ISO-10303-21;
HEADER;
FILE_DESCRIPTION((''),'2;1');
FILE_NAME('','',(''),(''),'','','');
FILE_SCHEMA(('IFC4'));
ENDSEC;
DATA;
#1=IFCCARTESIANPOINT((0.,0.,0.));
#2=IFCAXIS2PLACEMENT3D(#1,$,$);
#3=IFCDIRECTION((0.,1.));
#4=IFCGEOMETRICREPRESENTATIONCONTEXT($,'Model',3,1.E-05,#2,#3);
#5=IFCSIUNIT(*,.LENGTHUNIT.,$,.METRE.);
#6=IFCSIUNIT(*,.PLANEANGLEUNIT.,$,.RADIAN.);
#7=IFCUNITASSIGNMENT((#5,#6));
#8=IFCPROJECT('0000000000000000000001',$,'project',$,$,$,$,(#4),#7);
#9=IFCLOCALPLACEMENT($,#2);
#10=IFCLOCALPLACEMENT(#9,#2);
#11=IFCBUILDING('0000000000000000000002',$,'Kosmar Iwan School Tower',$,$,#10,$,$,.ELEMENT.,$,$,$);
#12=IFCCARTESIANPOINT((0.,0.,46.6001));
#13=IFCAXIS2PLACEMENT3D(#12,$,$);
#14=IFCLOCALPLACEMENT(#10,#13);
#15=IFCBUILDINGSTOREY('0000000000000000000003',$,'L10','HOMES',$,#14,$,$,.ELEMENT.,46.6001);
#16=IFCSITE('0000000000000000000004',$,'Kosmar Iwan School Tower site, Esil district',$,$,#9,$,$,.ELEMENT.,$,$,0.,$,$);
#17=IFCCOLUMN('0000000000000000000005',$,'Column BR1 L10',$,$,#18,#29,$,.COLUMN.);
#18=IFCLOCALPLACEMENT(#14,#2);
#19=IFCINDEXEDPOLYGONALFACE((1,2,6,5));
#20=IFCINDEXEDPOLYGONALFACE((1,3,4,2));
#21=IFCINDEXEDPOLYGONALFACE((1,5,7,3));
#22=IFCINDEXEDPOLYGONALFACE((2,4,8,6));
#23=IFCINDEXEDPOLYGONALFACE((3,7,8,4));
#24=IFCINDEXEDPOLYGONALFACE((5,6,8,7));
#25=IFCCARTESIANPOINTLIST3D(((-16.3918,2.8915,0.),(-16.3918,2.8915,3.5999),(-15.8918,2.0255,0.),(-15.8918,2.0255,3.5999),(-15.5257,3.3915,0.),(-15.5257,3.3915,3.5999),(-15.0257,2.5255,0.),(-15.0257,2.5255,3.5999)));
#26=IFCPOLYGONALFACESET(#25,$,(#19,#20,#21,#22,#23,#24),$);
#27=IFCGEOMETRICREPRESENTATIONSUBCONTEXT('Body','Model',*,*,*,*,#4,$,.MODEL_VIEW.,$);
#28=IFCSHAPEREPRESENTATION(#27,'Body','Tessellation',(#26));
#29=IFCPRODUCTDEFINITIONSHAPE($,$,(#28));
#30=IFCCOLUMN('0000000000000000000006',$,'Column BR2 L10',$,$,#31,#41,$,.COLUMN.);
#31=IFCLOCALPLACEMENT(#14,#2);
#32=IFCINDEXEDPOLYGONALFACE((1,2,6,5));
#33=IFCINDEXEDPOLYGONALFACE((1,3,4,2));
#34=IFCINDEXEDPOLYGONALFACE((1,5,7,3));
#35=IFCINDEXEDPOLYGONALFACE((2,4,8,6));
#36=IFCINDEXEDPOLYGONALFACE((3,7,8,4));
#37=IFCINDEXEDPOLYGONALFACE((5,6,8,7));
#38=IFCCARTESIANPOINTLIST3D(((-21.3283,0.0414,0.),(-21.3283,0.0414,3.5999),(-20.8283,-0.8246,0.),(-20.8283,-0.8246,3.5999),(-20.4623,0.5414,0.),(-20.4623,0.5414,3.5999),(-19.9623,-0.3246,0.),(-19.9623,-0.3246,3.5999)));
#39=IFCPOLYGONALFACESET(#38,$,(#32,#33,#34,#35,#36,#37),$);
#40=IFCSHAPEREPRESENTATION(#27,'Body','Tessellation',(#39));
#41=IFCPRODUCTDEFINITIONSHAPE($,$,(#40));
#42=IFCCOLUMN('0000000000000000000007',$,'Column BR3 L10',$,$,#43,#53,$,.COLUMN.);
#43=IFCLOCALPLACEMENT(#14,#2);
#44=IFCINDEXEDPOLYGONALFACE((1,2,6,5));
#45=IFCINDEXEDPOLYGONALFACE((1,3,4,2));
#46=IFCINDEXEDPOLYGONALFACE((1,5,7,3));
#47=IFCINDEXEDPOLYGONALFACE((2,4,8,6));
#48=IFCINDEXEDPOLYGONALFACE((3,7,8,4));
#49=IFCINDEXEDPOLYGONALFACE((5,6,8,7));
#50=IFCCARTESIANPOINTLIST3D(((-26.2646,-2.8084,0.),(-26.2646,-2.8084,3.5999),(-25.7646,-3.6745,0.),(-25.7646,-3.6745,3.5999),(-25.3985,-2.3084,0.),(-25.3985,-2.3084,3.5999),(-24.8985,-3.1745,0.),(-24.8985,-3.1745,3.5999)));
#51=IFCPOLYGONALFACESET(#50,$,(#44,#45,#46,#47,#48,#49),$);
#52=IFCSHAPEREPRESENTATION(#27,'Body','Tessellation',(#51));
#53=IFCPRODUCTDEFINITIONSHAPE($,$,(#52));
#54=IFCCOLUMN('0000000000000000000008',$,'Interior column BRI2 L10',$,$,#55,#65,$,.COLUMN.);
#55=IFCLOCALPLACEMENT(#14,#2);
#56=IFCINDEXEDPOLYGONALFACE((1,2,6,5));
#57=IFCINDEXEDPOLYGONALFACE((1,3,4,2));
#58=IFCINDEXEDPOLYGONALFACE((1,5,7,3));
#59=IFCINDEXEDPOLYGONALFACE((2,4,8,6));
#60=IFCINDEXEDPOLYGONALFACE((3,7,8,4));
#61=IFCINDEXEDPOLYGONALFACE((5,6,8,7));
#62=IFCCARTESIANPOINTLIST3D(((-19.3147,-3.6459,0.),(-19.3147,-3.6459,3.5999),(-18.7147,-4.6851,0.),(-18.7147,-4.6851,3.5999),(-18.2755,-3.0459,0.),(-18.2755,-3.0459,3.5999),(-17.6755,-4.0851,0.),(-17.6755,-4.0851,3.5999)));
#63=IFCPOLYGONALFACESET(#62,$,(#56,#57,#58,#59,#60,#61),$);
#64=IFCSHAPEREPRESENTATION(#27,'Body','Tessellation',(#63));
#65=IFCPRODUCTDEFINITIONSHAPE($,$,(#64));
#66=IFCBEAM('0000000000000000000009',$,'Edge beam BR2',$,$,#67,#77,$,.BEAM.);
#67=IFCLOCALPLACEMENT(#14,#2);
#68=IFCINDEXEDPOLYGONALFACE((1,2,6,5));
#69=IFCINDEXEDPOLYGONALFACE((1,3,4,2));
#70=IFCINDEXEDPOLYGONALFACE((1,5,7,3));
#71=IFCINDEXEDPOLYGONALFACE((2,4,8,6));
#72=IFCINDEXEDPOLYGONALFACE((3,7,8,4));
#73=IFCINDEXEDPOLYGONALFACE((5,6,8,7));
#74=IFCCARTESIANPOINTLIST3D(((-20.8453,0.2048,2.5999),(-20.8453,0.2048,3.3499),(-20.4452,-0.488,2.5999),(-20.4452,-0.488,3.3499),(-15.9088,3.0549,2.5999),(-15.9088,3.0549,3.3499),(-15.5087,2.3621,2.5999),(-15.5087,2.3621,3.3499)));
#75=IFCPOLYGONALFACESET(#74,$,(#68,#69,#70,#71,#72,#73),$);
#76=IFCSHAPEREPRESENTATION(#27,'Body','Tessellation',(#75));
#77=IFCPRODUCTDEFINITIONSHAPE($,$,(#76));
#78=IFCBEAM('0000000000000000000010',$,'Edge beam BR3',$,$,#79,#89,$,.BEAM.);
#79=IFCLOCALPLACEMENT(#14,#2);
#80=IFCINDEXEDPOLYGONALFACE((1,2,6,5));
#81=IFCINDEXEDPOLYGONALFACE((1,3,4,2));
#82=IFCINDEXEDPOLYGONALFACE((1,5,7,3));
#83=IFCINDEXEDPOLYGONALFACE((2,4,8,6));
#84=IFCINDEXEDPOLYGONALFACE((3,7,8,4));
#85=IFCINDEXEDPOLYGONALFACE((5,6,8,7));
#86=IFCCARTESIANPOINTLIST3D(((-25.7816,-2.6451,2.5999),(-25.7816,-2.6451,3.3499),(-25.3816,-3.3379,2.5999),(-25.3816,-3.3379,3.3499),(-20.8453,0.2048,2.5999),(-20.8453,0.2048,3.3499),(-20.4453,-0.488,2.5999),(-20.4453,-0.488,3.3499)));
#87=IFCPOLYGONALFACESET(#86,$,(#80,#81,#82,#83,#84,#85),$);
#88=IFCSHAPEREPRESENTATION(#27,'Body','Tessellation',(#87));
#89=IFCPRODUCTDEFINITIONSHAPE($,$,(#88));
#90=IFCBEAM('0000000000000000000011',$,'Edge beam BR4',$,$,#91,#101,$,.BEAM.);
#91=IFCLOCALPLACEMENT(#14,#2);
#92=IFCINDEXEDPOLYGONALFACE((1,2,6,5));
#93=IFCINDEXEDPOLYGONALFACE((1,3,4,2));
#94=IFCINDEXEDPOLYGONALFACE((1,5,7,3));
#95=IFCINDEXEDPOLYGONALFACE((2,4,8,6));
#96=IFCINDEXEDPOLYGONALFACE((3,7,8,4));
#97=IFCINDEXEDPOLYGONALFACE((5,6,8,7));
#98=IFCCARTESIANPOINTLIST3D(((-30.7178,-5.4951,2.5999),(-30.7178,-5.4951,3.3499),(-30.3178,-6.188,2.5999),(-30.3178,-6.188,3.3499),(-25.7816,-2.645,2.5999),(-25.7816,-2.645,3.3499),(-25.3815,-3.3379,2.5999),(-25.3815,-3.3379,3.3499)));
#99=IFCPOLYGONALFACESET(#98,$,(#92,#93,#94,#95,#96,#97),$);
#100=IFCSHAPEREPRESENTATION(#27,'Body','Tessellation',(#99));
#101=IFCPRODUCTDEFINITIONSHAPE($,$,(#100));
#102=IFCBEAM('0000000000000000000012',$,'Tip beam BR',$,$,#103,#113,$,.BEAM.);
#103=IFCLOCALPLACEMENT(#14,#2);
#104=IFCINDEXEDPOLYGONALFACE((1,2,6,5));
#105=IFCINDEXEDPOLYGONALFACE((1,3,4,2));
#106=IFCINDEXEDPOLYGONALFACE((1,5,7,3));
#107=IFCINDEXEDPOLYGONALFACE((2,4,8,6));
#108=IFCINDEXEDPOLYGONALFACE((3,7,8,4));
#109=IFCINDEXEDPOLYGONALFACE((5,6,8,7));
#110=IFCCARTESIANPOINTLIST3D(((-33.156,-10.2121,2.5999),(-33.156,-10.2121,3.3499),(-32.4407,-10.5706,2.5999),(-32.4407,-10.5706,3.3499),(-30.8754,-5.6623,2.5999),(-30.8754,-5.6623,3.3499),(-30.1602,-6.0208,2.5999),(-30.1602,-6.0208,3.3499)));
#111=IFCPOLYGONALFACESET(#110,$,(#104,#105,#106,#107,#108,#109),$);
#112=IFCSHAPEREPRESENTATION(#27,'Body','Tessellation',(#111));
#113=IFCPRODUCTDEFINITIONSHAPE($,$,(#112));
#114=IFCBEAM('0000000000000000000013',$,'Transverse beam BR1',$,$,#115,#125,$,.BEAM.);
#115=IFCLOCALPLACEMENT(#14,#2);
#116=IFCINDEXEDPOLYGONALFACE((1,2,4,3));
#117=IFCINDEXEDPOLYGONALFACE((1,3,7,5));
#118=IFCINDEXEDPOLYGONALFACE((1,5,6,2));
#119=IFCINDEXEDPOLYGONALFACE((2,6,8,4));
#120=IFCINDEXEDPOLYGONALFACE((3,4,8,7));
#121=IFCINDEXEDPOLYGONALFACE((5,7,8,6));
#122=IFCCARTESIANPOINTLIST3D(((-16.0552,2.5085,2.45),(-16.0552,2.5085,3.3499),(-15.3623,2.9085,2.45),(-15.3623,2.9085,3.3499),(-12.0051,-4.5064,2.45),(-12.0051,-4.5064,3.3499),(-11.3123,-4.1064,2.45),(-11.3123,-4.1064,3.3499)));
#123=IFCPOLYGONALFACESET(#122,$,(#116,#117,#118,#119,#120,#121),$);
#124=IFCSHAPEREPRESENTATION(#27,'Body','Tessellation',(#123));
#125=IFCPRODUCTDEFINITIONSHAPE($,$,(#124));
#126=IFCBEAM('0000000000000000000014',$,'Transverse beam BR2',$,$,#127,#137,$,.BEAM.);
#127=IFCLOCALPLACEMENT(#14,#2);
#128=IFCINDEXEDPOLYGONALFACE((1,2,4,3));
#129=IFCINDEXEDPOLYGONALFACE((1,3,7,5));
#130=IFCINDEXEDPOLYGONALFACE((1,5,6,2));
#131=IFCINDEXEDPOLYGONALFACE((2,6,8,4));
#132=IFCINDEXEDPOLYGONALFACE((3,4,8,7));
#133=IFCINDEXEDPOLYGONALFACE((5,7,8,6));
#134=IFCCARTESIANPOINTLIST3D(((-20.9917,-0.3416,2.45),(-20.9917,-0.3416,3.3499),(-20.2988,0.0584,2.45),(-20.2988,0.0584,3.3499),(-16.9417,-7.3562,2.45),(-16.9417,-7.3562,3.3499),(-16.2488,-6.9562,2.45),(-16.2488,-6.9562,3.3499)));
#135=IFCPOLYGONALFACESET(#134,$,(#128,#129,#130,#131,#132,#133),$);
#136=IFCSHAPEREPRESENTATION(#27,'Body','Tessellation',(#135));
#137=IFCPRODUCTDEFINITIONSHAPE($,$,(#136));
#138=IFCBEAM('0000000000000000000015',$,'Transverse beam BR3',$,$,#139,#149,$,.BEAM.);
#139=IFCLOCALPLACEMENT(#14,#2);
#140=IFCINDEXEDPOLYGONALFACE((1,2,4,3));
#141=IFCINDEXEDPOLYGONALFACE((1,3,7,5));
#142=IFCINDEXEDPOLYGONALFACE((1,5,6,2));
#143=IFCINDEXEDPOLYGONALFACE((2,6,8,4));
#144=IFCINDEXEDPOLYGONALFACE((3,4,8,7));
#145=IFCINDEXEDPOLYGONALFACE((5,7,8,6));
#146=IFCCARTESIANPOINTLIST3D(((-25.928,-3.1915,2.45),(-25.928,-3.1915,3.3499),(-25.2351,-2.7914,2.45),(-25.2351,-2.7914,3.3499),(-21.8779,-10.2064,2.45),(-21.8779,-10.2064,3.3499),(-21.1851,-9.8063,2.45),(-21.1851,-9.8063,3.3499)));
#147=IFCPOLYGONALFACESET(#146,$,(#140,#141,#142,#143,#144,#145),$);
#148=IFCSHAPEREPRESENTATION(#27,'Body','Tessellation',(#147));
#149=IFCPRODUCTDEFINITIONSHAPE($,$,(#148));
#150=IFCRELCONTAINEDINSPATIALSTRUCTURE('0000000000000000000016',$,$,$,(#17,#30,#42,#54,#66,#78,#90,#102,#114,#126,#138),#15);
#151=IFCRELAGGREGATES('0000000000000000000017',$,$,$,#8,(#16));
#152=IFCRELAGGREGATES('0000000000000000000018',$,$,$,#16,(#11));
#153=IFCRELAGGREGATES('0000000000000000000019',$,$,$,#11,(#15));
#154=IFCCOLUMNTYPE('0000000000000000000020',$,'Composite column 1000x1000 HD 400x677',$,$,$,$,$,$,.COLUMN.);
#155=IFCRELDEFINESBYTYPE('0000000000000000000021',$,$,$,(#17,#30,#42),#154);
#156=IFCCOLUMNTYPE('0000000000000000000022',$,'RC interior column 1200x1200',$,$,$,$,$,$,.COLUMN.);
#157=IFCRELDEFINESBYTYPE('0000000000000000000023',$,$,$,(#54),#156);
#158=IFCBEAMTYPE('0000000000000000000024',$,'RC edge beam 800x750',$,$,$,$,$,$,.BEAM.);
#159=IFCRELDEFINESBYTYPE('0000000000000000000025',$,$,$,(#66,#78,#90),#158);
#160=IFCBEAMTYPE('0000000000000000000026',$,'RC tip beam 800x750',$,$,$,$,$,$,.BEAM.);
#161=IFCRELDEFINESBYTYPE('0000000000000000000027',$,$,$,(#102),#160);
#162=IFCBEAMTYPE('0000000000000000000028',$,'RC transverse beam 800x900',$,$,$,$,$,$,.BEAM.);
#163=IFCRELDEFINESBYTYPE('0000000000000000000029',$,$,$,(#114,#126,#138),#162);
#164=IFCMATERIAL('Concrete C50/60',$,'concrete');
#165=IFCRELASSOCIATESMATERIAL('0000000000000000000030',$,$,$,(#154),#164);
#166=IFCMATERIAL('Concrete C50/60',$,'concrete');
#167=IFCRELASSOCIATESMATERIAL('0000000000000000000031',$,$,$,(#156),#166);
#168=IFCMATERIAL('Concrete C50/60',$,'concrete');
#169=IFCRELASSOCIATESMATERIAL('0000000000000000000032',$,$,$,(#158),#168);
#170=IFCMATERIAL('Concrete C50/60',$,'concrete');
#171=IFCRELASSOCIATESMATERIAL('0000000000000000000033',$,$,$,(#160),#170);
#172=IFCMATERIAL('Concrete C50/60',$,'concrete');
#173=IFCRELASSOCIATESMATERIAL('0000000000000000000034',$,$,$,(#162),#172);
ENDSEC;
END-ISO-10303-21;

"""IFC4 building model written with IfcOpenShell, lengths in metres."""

from ifc_helpers import new_model, si_unit, direction, frame, origin, origin_2d, place, context, subcontext, project, spatial, rectangle, extrude, material, material_profile, profile_set, type_object, element, save


model = new_model("IFC4")

# Units and contexts
model_context = context("Model", 3, precision=1e-05, world=origin(), true_north=direction((0.0, 1.0)))
body_context = subcontext(model_context, "Body", "Model", "MODEL_VIEW")
ifc_project = project(units=[si_unit("LENGTHUNIT", "METRE"), si_unit("PLANEANGLEUNIT", "RADIAN")], contexts=[model_context])

# Site, building, storey
site_placement = place(None, origin())
site = spatial("IfcSite", under=ifc_project, at=site_placement, Name="Kosmar Iwan School Tower site, Esil district", CompositionType="ELEMENT", RefElevation=0.0)
building_placement = place(site_placement, origin())
building = spatial("IfcBuilding", under=site, at=building_placement, Name="Kosmar Iwan School Tower", CompositionType="ELEMENT")
storey_placement = place(building_placement, frame((0.0, 0.0, 46.6001)))
storey = spatial("IfcBuildingStorey", under=building, at=storey_placement, Name="L10", Description="HOMES", CompositionType="ELEMENT", Elevation=46.6001)

# Columns
ifc_material_1 = material(Name="Concrete C50/60", Category="concrete")
ifc_material_profile_1 = material_profile(ifc_material_1, rectangle(XDim=1.0, YDim=1.0, at=origin_2d()), Name="RC 1000x1000 + HD 400x677")
ifc_profile_set_1 = profile_set([ifc_material_profile_1], Name="Concrete C50/60")
column_type_1 = type_object("IfcColumnType", Name="Composite column 1000x1000 HD 400x677", PredefinedType="COLUMN", material=ifc_profile_set_1)
for number, where, z_axis, x_axis, name in (
    (1, (-15.7087, 2.7085, 0.0), (0.0, 0.0, 1.0), (-0.866025, -0.5, 0.0), "Column BR1 L10"),
    (2, (-20.6453, -0.1416, 0.0), (0.0, 0.0, 1.0), (-0.866025, -0.5, 0.0), "Column BR2 L10"),
    (3, (-25.5815, -2.9915, 0.0), (0.0, 0.0, 1.0), (-0.866025, -0.5, 0.0), "Column BR3 L10"),
):
    element("IfcColumn", number, at=place(storey_placement, frame(where, z_axis=z_axis, x_axis=x_axis)), inside=storey, type_object=column_type_1, Name=name, PredefinedType="COLUMN", context=body_context, shape_type="SweptSolid", body=[
        extrude(rectangle(XDim=1.0, YDim=1.0, at=origin_2d()), origin(), (0.0, 0.0, 1.0), 3.5999),
    ])
ifc_material_2 = material(Name="Concrete C50/60", Category="concrete")
ifc_material_profile_2 = material_profile(ifc_material_2, rectangle(XDim=1.2, YDim=1.2, at=origin_2d()), Name="RC 1200x1200")
ifc_profile_set_2 = profile_set([ifc_material_profile_2], Name="Concrete C50/60")
column_type_2 = type_object("IfcColumnType", Name="RC interior column 1200x1200", PredefinedType="COLUMN", material=ifc_profile_set_2)
column_placement = place(storey_placement, frame((-18.4951, -3.8655, 0.0), z_axis=(0.0, 0.0, 1.0), x_axis=(-0.866025, -0.5, 0.0)))
element("IfcColumn", 4, at=column_placement, inside=storey, type_object=column_type_2, Name="Interior column BRI2 L10", PredefinedType="COLUMN", context=body_context, shape_type="SweptSolid", body=[
    extrude(rectangle(XDim=1.2, YDim=1.2, at=origin_2d()), origin(), (0.0, 0.0, 1.0), 3.5999),
])

# Beams
ifc_material_3 = material(Name="Concrete C50/60", Category="concrete")
ifc_material_profile_3 = material_profile(ifc_material_3, rectangle(XDim=0.8, YDim=0.75, at=origin_2d()), Name="RC 800x750")
ifc_profile_set_3 = profile_set([ifc_material_profile_3], Name="Concrete C50/60")
beam_type_1 = type_object("IfcBeamType", Name="RC edge beam 800x750", PredefinedType="BEAM", material=ifc_profile_set_3)
beam_1_placement = place(storey_placement, frame((-15.7087, 2.7085, 2.9749), z_axis=(-0.866026, -0.499999, 0.0), x_axis=(0.499999, -0.866026, 0.0)))
element("IfcBeam", 5, at=beam_1_placement, inside=storey, type_object=beam_type_1, Name="Edge beam BR2", PredefinedType="BEAM", context=body_context, shape_type="SweptSolid", body=[
    extrude(rectangle(XDim=0.8, YDim=0.75, at=origin_2d()), origin(), (0.0, 0.0, 1.0), 5.7002),
])
for number, where, z_axis, x_axis, name in (
    (6, (-20.6453, -0.1416, 2.9749), (-0.866034, -0.499986, 0.0), (0.499986, -0.866034, 0.0), "Edge beam BR3"),
    (7, (-25.5815, -2.9915, 2.9749), (-0.866015, -0.500018, 0.0), (0.500018, -0.866015, 0.0), "Edge beam BR4"),
):
    element("IfcBeam", number, at=place(storey_placement, frame(where, z_axis=z_axis, x_axis=x_axis)), inside=storey, type_object=beam_type_1, Name=name, PredefinedType="BEAM", context=body_context, shape_type="SweptSolid", body=[
        extrude(rectangle(XDim=0.8, YDim=0.75, at=origin_2d()), origin(), (0.0, 0.0, 1.0), 5.7),
    ])
ifc_material_4 = material(Name="Concrete C50/60", Category="concrete")
ifc_material_profile_4 = material_profile(ifc_material_4, rectangle(XDim=0.8, YDim=0.75, at=origin_2d()), Name="RC 800x750")
ifc_profile_set_4 = profile_set([ifc_material_profile_4], Name="Concrete C50/60")
beam_type_2 = type_object("IfcBeamType", Name="RC tip beam 800x750", PredefinedType="BEAM", material=ifc_profile_set_4)
beam_2_placement = place(storey_placement, frame((-30.5178, -5.8416, 2.9749), z_axis=(-0.448096, -0.893985, 0.0), x_axis=(0.893985, -0.448096, 0.0)))
element("IfcBeam", 8, at=beam_2_placement, inside=storey, type_object=beam_type_2, Name="Tip beam BR", PredefinedType="BEAM", context=body_context, shape_type="SweptSolid", body=[
    extrude(rectangle(XDim=0.8, YDim=0.75, at=origin_2d()), origin(), (0.0, 0.0, 1.0), 5.0894),
])
ifc_material_5 = material(Name="Concrete C50/60", Category="concrete")
ifc_material_profile_5 = material_profile(ifc_material_5, rectangle(XDim=0.8, YDim=0.8999, at=origin_2d()), Name="RC 800x900")
ifc_profile_set_5 = profile_set([ifc_material_profile_5], Name="Concrete C50/60")
beam_type_3 = type_object("IfcBeamType", Name="RC transverse beam 800x900", PredefinedType="BEAM", material=ifc_profile_set_5)
beam_3_placement = place(storey_placement, frame((-15.7087, 2.7085, 2.8999), z_axis=(0.5, -0.866025, 0.0), x_axis=(0.866025, 0.5, 0.0)))
element("IfcBeam", 9, at=beam_3_placement, inside=storey, type_object=beam_type_3, Name="Transverse beam BR1", PredefinedType="BEAM", context=body_context, shape_type="SweptSolid", body=[
    extrude(rectangle(XDim=0.8, YDim=0.8999, at=origin_2d()), origin(), (0.0, 0.0, 1.0), 8.1001),
])
beam_4_placement = place(storey_placement, frame((-20.6453, -0.1416, 2.8999), z_axis=(0.500013, -0.866018, 0.0), x_axis=(0.866018, 0.500013, 0.0)))
element("IfcBeam", 10, at=beam_4_placement, inside=storey, type_object=beam_type_3, Name="Transverse beam BR2", PredefinedType="BEAM", context=body_context, shape_type="SweptSolid", body=[
    extrude(rectangle(XDim=0.8, YDim=0.8999, at=origin_2d()), origin(), (0.0, 0.0, 1.0), 8.0999),
])
beam_5_placement = place(storey_placement, frame((-25.5815, -2.9915, 2.8999), z_axis=(0.5, -0.866025, 0.0), x_axis=(0.866025, 0.5, 0.0)))
element("IfcBeam", 11, at=beam_5_placement, inside=storey, type_object=beam_type_3, Name="Transverse beam BR3", PredefinedType="BEAM", context=body_context, shape_type="SweptSolid", body=[
    extrude(rectangle(XDim=0.8, YDim=0.8999, at=origin_2d()), origin(), (0.0, 0.0, 1.0), 8.1001),
])

save(model, "model.ifc")
